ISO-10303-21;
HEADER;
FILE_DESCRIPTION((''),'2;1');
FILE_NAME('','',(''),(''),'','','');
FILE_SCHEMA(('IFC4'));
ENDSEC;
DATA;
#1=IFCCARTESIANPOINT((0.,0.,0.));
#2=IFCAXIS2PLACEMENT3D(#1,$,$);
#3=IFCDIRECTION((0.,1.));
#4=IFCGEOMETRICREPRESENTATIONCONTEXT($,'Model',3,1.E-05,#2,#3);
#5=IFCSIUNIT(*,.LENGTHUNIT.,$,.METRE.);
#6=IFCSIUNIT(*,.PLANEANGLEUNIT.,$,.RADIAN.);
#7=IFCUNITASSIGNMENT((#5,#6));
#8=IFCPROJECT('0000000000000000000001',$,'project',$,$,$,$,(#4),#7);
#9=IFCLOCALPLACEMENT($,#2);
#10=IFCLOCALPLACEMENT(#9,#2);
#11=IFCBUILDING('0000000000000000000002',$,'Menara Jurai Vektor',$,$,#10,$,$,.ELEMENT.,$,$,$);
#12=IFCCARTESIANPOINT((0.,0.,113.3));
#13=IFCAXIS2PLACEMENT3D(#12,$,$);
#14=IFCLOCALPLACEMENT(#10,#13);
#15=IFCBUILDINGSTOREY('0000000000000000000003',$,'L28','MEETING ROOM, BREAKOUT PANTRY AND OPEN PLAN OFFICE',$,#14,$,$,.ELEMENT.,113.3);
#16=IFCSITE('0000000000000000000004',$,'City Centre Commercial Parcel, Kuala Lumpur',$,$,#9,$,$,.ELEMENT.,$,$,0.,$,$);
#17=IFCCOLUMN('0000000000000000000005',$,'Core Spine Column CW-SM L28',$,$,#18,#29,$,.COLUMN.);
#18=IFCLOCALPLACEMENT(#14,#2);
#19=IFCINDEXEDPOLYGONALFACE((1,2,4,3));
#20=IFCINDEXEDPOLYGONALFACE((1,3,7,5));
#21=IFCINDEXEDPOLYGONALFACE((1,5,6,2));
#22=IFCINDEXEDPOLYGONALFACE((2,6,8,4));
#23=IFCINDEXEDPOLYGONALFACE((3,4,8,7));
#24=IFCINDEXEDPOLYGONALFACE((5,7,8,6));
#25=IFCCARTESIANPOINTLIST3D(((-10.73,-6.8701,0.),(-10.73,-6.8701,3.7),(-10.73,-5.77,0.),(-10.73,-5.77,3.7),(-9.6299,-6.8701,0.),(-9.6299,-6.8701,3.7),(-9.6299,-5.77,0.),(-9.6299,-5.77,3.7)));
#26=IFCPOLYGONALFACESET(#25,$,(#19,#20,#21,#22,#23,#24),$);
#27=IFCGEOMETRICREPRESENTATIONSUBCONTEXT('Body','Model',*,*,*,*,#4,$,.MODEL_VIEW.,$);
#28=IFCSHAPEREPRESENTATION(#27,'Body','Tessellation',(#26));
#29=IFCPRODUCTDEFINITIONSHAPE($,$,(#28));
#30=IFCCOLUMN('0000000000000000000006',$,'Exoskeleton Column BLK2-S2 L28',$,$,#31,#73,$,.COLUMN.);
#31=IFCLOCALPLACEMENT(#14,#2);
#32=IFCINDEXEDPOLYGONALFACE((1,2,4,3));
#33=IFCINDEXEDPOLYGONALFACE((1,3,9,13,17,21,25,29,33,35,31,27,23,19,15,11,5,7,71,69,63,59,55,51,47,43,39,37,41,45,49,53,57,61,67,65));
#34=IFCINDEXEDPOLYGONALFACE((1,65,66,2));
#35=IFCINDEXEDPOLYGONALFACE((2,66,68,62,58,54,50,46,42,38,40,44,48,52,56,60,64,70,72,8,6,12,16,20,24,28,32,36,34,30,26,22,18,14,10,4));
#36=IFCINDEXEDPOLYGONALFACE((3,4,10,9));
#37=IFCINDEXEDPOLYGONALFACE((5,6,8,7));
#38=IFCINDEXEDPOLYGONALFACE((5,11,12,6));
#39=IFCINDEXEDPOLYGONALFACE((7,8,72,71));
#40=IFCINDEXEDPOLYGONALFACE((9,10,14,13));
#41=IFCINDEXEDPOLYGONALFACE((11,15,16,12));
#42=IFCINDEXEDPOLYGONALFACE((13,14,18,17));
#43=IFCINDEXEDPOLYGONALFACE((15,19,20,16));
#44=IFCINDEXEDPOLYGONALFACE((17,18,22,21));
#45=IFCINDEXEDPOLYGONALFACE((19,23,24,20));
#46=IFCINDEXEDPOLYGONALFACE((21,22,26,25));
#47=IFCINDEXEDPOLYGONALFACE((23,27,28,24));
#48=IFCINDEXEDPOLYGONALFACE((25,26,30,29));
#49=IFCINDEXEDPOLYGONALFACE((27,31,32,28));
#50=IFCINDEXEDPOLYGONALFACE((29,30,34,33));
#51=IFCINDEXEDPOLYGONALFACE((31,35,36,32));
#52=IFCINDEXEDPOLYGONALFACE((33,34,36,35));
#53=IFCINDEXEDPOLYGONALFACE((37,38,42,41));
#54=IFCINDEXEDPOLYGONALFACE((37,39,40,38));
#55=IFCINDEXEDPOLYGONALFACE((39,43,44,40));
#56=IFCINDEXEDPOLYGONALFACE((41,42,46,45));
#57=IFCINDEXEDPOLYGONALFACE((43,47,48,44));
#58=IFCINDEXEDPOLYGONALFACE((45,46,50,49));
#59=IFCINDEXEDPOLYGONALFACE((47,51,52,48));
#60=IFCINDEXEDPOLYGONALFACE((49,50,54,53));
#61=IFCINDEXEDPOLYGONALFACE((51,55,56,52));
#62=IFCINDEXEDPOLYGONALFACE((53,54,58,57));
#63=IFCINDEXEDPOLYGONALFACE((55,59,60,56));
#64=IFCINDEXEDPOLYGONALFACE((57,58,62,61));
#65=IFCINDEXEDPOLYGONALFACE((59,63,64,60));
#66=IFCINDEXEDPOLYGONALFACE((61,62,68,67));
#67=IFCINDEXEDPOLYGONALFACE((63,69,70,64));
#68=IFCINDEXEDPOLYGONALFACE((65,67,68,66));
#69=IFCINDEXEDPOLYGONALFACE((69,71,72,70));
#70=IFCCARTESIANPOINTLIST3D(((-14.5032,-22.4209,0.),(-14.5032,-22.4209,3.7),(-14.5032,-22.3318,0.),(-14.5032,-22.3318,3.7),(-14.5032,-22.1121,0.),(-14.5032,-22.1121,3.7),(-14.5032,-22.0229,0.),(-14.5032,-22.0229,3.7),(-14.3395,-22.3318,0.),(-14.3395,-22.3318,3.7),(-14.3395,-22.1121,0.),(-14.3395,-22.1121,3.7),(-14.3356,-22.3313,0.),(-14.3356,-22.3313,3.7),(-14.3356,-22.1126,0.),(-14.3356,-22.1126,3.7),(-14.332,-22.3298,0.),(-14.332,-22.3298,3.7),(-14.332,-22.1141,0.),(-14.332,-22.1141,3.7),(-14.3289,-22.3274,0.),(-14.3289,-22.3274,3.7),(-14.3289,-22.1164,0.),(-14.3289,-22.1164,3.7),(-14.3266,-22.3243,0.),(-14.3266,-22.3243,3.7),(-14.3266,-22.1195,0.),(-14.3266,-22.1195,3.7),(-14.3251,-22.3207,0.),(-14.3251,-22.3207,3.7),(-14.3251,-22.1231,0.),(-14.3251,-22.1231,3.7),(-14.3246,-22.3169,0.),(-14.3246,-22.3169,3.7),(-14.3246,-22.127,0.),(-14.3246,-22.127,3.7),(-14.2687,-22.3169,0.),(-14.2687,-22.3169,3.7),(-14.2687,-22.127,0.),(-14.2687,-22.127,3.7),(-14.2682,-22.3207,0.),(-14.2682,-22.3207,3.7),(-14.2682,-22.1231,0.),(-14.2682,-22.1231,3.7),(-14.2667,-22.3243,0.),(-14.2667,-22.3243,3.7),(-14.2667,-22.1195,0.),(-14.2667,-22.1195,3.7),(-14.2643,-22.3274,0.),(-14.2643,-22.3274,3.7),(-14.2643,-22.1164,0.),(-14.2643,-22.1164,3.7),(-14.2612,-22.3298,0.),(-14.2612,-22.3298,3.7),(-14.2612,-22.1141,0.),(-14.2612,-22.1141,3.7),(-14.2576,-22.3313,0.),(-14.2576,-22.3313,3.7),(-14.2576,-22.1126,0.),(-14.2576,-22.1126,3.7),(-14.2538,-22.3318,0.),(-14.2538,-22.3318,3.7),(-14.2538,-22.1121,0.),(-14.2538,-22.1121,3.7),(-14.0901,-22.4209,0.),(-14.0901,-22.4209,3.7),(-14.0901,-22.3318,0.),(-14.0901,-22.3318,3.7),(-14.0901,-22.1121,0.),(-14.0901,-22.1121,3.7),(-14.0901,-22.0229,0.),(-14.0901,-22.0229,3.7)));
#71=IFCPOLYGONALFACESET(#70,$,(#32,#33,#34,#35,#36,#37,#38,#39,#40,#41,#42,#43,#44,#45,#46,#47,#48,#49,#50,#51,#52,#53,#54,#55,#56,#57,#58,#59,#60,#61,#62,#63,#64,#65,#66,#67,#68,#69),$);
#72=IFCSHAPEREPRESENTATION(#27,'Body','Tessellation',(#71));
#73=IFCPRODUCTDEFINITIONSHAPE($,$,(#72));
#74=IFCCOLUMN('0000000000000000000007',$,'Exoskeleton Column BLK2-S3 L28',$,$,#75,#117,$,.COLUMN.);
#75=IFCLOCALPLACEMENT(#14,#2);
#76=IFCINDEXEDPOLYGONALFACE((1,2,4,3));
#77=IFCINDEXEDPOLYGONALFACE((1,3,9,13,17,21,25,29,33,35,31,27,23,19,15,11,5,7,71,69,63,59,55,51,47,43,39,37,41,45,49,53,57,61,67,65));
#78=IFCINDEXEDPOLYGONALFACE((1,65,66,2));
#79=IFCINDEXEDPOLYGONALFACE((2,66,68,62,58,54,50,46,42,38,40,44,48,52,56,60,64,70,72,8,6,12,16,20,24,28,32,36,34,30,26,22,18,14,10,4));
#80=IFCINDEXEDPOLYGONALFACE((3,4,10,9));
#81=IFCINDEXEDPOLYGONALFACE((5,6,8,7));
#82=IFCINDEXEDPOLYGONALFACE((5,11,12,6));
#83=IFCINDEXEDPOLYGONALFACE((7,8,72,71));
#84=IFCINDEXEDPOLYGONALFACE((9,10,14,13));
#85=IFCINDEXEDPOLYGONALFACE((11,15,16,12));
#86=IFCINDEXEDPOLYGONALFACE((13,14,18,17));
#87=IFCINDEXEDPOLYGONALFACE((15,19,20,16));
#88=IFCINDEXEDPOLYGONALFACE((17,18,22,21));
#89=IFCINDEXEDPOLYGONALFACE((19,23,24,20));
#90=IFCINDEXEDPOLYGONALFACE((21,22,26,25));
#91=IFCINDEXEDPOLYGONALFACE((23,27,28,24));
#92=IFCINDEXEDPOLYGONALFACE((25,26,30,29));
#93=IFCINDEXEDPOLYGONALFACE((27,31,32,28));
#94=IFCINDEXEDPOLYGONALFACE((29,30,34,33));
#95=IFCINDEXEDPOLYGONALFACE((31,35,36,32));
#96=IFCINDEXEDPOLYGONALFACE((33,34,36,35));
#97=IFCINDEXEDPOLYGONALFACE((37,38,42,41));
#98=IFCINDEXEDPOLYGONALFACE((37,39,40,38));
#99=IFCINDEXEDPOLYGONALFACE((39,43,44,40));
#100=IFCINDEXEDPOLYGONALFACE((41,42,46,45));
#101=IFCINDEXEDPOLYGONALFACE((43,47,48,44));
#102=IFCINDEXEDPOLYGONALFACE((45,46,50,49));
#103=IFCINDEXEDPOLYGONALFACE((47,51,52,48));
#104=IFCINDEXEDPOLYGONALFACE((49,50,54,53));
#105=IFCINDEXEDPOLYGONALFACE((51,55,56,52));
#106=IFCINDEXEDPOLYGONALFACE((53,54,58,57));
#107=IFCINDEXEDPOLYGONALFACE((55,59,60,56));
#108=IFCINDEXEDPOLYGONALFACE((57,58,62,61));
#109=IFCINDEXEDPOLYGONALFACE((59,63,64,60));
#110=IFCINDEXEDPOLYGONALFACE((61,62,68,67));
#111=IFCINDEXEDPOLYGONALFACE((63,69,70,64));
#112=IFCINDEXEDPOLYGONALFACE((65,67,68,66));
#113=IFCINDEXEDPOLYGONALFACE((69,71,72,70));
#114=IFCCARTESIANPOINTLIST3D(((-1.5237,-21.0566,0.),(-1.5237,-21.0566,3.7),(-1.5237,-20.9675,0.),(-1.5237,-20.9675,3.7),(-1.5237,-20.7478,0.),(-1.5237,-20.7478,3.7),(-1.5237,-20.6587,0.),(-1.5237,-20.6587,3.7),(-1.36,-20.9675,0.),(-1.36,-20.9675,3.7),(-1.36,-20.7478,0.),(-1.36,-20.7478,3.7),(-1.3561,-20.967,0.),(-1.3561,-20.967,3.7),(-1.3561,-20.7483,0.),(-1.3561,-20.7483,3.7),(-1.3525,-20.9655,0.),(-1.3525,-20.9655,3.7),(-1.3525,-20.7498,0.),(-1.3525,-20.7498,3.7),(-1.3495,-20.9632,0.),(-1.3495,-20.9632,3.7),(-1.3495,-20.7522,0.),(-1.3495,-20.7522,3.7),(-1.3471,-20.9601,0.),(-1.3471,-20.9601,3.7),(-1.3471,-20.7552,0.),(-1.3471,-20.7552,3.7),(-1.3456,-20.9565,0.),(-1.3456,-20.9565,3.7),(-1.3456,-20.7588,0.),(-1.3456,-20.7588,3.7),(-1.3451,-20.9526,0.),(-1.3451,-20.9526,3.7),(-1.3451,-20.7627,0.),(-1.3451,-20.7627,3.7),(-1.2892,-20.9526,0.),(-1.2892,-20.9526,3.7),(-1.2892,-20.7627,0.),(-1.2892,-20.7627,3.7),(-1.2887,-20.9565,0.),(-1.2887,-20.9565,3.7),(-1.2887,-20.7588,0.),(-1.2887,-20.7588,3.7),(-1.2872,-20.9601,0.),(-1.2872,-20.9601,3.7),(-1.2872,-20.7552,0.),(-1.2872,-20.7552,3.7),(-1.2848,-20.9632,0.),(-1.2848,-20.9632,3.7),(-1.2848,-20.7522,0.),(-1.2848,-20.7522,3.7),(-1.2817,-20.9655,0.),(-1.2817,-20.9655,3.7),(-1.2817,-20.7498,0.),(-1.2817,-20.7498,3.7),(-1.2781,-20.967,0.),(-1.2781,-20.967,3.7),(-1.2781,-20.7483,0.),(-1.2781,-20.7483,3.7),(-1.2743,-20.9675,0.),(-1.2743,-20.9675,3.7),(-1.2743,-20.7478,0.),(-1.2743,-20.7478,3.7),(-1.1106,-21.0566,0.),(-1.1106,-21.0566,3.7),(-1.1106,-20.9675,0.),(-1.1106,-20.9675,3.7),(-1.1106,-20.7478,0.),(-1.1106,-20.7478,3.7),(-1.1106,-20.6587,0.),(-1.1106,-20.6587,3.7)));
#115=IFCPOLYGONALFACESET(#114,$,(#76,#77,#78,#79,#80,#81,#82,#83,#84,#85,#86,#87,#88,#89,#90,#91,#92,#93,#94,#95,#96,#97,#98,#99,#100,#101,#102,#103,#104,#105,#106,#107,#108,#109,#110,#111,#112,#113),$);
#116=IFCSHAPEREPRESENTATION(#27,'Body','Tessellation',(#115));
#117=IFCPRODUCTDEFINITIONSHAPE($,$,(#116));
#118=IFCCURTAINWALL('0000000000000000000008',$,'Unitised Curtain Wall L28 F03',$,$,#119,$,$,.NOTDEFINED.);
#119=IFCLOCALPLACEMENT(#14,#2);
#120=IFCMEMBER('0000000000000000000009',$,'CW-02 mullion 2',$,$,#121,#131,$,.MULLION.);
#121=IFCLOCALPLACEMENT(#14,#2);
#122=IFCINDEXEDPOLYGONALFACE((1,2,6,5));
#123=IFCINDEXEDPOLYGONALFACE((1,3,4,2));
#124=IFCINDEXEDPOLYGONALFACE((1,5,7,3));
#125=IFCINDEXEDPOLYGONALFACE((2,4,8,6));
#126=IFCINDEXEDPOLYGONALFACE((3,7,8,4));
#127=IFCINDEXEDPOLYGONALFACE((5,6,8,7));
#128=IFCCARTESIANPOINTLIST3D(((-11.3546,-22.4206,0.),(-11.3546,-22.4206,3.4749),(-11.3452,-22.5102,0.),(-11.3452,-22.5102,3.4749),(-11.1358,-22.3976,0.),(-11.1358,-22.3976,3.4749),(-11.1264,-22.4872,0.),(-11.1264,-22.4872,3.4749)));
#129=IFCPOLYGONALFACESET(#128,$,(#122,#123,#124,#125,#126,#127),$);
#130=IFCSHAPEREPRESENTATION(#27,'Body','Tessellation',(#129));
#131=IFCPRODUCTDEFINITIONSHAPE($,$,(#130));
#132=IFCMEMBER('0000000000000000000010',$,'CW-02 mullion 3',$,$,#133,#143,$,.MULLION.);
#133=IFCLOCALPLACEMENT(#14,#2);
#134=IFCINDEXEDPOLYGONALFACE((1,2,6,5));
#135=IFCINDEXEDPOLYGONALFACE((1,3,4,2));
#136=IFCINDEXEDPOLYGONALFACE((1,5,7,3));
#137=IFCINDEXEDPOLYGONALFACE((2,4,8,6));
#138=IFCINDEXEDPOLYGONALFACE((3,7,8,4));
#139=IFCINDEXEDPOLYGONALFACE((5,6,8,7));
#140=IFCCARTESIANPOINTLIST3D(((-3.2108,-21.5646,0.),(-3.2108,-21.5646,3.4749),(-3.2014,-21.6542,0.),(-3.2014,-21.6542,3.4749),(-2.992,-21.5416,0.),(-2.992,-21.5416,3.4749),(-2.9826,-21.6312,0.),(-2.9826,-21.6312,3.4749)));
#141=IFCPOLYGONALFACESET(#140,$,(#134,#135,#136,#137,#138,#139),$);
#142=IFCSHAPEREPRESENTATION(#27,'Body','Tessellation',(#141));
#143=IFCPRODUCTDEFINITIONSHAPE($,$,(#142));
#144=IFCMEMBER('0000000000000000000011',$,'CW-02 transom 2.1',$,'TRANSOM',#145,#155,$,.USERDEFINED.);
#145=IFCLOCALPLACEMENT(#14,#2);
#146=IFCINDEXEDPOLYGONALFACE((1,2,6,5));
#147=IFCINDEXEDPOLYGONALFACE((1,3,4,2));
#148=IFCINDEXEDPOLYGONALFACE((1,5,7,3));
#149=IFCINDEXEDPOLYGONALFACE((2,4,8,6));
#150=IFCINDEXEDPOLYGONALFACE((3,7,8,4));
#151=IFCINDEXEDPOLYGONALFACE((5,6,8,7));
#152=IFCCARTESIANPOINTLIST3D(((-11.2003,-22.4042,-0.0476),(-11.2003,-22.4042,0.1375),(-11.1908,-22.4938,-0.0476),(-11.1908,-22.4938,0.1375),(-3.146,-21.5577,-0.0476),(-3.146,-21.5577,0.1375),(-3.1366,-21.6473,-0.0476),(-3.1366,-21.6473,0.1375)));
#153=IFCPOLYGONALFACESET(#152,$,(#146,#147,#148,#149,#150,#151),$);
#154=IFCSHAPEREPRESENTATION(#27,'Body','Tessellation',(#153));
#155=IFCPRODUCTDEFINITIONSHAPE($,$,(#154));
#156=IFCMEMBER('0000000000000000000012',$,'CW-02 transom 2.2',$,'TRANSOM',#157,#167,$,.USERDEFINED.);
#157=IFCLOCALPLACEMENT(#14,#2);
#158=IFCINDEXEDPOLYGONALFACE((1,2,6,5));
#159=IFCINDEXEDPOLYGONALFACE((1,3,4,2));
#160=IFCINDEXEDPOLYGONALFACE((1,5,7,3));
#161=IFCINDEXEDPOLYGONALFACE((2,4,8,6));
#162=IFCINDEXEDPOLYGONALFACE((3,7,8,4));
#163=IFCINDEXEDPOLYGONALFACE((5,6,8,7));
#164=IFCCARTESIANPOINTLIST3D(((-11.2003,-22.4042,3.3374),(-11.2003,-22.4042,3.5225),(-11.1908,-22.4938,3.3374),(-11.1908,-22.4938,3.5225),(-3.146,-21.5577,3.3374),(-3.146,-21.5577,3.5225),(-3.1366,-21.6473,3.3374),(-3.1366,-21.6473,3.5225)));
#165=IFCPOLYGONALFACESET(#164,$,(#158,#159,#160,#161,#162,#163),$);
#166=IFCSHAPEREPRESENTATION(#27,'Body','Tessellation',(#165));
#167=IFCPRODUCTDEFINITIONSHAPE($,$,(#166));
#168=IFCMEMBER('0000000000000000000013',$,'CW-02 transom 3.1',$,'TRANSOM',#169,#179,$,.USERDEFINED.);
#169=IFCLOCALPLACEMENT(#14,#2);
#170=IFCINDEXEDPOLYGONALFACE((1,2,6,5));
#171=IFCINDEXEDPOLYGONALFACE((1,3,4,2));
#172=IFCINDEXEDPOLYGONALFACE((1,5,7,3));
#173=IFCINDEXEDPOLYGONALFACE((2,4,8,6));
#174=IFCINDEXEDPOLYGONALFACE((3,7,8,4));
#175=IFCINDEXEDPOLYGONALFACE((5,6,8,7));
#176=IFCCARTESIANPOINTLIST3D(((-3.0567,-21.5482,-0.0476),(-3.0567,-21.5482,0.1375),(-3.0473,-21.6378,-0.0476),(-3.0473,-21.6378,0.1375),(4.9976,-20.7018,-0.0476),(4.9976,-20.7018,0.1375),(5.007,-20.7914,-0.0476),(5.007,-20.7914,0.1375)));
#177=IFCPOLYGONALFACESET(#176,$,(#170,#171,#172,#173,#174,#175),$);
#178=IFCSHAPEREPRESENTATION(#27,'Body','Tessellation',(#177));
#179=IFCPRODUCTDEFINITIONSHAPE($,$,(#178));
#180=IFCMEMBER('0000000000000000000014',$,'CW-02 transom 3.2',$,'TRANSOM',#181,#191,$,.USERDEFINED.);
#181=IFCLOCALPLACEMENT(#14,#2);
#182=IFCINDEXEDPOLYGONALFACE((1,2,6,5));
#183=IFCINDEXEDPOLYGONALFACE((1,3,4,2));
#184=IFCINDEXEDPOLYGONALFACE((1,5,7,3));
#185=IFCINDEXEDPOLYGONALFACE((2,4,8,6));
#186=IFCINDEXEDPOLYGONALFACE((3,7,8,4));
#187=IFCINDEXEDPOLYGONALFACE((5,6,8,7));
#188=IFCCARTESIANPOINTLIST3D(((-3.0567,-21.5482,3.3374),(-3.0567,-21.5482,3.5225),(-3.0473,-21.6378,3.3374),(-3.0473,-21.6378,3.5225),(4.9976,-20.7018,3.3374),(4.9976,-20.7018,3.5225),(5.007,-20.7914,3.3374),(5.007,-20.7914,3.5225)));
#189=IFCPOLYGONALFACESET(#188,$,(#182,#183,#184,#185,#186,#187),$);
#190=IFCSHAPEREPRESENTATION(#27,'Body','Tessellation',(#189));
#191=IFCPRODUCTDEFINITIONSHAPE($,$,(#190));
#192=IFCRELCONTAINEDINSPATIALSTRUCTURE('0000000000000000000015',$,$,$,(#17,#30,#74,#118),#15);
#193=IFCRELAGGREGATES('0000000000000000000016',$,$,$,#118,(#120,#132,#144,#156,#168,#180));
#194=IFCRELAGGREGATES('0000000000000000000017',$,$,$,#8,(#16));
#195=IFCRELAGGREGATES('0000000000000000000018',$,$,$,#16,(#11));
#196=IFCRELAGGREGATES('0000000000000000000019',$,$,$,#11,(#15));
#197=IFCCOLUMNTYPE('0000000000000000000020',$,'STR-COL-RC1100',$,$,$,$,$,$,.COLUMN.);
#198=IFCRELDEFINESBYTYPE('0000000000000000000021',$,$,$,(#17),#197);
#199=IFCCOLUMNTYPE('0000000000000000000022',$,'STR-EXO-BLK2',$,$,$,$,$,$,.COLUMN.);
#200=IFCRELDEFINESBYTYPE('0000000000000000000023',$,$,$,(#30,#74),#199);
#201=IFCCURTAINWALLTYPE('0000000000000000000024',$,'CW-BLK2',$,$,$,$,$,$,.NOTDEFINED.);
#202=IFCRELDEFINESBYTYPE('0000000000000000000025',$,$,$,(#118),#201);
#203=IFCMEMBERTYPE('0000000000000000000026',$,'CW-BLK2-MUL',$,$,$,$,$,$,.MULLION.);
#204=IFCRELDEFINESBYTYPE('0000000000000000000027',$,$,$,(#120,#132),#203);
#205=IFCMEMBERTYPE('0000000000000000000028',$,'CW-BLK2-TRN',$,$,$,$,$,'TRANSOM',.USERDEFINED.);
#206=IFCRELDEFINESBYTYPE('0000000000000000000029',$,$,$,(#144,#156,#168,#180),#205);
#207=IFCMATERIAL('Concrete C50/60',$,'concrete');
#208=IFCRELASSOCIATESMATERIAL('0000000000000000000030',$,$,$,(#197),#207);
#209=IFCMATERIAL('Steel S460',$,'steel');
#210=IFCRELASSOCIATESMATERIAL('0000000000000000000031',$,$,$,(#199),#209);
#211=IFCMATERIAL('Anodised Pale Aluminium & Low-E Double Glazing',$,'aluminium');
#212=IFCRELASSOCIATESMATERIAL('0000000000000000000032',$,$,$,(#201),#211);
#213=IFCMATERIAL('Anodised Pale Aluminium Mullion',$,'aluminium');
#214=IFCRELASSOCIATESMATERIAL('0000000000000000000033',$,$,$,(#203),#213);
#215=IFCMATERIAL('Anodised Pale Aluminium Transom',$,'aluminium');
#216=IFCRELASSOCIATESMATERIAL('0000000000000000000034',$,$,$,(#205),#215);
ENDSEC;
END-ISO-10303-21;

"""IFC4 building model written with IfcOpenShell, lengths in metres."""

from ifc_helpers import new_model, si_unit, direction, frame, origin, origin_2d, place, context, subcontext, project, spatial, rectangle, i_section, extrude, material, material_profile, profile_set, type_object, element, aggregate, save


model = new_model("IFC4")

# Units and contexts
model_context = context("Model", 3, precision=1e-05, world=origin(), true_north=direction((0.0, 1.0)))
body_context = subcontext(model_context, "Body", "Model", "MODEL_VIEW")
ifc_project = project(units=[si_unit("LENGTHUNIT", "METRE"), si_unit("PLANEANGLEUNIT", "RADIAN")], contexts=[model_context])

# Site, building, storey
site_placement = place(None, origin())
site = spatial("IfcSite", under=ifc_project, at=site_placement, Name="City Centre Commercial Parcel, Kuala Lumpur", CompositionType="ELEMENT", RefElevation=0.0)
building_placement = place(site_placement, origin())
building = spatial("IfcBuilding", under=site, at=building_placement, Name="Menara Jurai Vektor", CompositionType="ELEMENT")
storey_placement = place(building_placement, frame((0.0, 0.0, 113.3)))
storey = spatial("IfcBuildingStorey", under=building, at=storey_placement, Name="L28", Description="MEETING ROOM, BREAKOUT PANTRY AND OPEN PLAN OFFICE", CompositionType="ELEMENT", Elevation=113.3)

# Columns
ifc_material_1 = material(Name="Concrete C50/60", Category="concrete")
ifc_material_profile_1 = material_profile(ifc_material_1, rectangle(XDim=1.1001, YDim=1.1001, at=origin_2d()), Name="RC 1100x1100")
ifc_profile_set_1 = profile_set([ifc_material_profile_1], Name="Concrete C50/60")
column_type_1 = type_object("IfcColumnType", Name="STR-COL-RC1100", PredefinedType="COLUMN", material=ifc_profile_set_1)
column_placement = place(storey_placement, frame((-10.1799, -6.3201, 0.0), z_axis=(0.0, 0.0, 1.0), x_axis=(1.0, 0.0, 0.0)))
element("IfcColumn", 1, at=column_placement, inside=storey, type_object=column_type_1, Name="Core Spine Column CW-SM L28", PredefinedType="COLUMN", context=body_context, shape_type="SweptSolid", body=[
    extrude(rectangle(XDim=1.1001, YDim=1.1001, at=origin_2d()), origin(), (0.0, 0.0, 1.0), 3.7),
])
ifc_material_2 = material(Name="Steel S460", Category="steel")
ifc_material_profile_2 = material_profile(ifc_material_2, i_section(OverallWidth=0.4131, OverallDepth=0.3979, WebThickness=0.0559, FlangeThickness=0.0891, FilletRadius=0.0149, at=origin_2d()), Name="HD 400x744")
ifc_profile_set_2 = profile_set([ifc_material_profile_2], Name="Steel S460")
column_type_2 = type_object("IfcColumnType", Name="STR-EXO-BLK2", PredefinedType="COLUMN", material=ifc_profile_set_2)
for number, where, z_axis, x_axis, name in (
    (2, (-14.2966, -22.2219, 0.0), (0.0, 0.0, 1.0), (1.0, 0.0, 0.0), "Exoskeleton Column BLK2-S2 L28"),
    (3, (-1.3171, -20.8577, 0.0), (0.0, 0.0, 1.0), (1.0, 0.0, 0.0), "Exoskeleton Column BLK2-S3 L28"),
):
    element("IfcColumn", number, at=place(storey_placement, frame(where, z_axis=z_axis, x_axis=x_axis)), inside=storey, type_object=column_type_2, Name=name, PredefinedType="COLUMN", context=body_context, shape_type="SweptSolid", body=[
        extrude(i_section(OverallWidth=0.4131, OverallDepth=0.3979, WebThickness=0.0559, FlangeThickness=0.0891, FilletRadius=0.0149, at=origin_2d()), origin(), (0.0, 0.0, 1.0), 3.7),
    ])

# Curtain wall, members
ifc_material_3 = material(Name="Anodised Pale Aluminium & Low-E Double Glazing", Category="aluminium")
curtain_wall_type = type_object("IfcCurtainWallType", Name="CW-BLK2", PredefinedType="NOTDEFINED", material=ifc_material_3)
curtain_wall_placement = place(storey_placement, origin())
curtain_wall = element("IfcCurtainWall", 4, at=curtain_wall_placement, inside=storey, type_object=curtain_wall_type, Name="Unitised Curtain Wall L28 F03", PredefinedType="NOTDEFINED")
ifc_material_4 = material(Name="Anodised Pale Aluminium Mullion", Category="aluminium")
ifc_material_profile_3 = material_profile(ifc_material_4, rectangle(XDim=0.0901, YDim=0.22, at=origin_2d()), Name="ALU MUL 90x220")
ifc_profile_set_3 = profile_set([ifc_material_profile_3], Name="Anodised Pale Aluminium Mullion")
member_type_1 = type_object("IfcMemberType", Name="CW-BLK2-MUL", PredefinedType="MULLION", material=ifc_profile_set_3)
member_1_placement = place(storey_placement, frame((-11.2405, -22.4539, 0.0), z_axis=(0.0, 0.0, 1.0), x_axis=(-0.104529, 0.994522, 0.0)))
member_1 = element("IfcMember", 5, at=member_1_placement, type_object=member_type_1, Name="CW-02 mullion 2", PredefinedType="MULLION", context=body_context, shape_type="SweptSolid", body=[
    extrude(rectangle(XDim=0.0901, YDim=0.22, at=origin_2d()), origin(), (0.0, 0.0, 1.0), 3.4749),
])
member_2_placement = place(storey_placement, frame((-3.0967, -21.5979, 0.0), z_axis=(0.0, 0.0, 1.0), x_axis=(-0.104529, 0.994522, 0.0)))
member_2 = element("IfcMember", 6, at=member_2_placement, type_object=member_type_1, Name="CW-02 mullion 3", PredefinedType="MULLION", context=body_context, shape_type="SweptSolid", body=[
    extrude(rectangle(XDim=0.0901, YDim=0.22, at=origin_2d()), origin(), (0.0, 0.0, 1.0), 3.4749),
])
ifc_material_5 = material(Name="Anodised Pale Aluminium Transom", Category="aluminium")
ifc_material_profile_4 = material_profile(ifc_material_5, rectangle(XDim=0.0901, YDim=0.1851, at=origin_2d()), Name="ALU TRN 90x185")
ifc_profile_set_4 = profile_set([ifc_material_profile_4], Name="Anodised Pale Aluminium Transom")
member_type_2 = type_object("IfcMemberType", Name="CW-BLK2-TRN", ElementType="TRANSOM", PredefinedType="USERDEFINED", material=ifc_profile_set_4)
member_3_placement = place(storey_placement, frame((-11.1956, -22.449, 0.0449), z_axis=(0.994523, 0.104517, 0.0), x_axis=(-0.104517, 0.994523, 0.0)))
member_3 = element("IfcMember", 7, at=member_3_placement, type_object=member_type_2, Name="CW-02 transom 2.1", ObjectType="TRANSOM", PredefinedType="USERDEFINED", context=body_context, shape_type="SweptSolid", body=[
    extrude(rectangle(XDim=0.0901, YDim=0.1851, at=origin_2d()), origin(), (0.0, 0.0, 1.0), 8.0986),
])
member_4_placement = place(storey_placement, frame((-11.1956, -22.449, 3.4299), z_axis=(0.994523, 0.104517, 0.0), x_axis=(-0.104517, 0.994523, 0.0)))
member_4 = element("IfcMember", 8, at=member_4_placement, type_object=member_type_2, Name="CW-02 transom 2.2", ObjectType="TRANSOM", PredefinedType="USERDEFINED", context=body_context, shape_type="SweptSolid", body=[
    extrude(rectangle(XDim=0.0901, YDim=0.1851, at=origin_2d()), origin(), (0.0, 0.0, 1.0), 8.0986),
])
member_5_placement = place(storey_placement, frame((-3.052, -21.593, 0.0449), z_axis=(0.994523, 0.104517, 0.0), x_axis=(-0.104517, 0.994523, 0.0)))
member_5 = element("IfcMember", 9, at=member_5_placement, type_object=member_type_2, Name="CW-02 transom 3.1", ObjectType="TRANSOM", PredefinedType="USERDEFINED", context=body_context, shape_type="SweptSolid", body=[
    extrude(rectangle(XDim=0.0901, YDim=0.1851, at=origin_2d()), origin(), (0.0, 0.0, 1.0), 8.0986),
])
member_6_placement = place(storey_placement, frame((-3.052, -21.593, 3.4299), z_axis=(0.994523, 0.104517, 0.0), x_axis=(-0.104517, 0.994523, 0.0)))
member_6 = element("IfcMember", 10, at=member_6_placement, type_object=member_type_2, Name="CW-02 transom 3.2", ObjectType="TRANSOM", PredefinedType="USERDEFINED", context=body_context, shape_type="SweptSolid", body=[
    extrude(rectangle(XDim=0.0901, YDim=0.1851, at=origin_2d()), origin(), (0.0, 0.0, 1.0), 8.0986),
])

aggregate(curtain_wall, [member_1, member_2, member_3, member_4, member_5, member_6])

save(model, "model.ifc")
